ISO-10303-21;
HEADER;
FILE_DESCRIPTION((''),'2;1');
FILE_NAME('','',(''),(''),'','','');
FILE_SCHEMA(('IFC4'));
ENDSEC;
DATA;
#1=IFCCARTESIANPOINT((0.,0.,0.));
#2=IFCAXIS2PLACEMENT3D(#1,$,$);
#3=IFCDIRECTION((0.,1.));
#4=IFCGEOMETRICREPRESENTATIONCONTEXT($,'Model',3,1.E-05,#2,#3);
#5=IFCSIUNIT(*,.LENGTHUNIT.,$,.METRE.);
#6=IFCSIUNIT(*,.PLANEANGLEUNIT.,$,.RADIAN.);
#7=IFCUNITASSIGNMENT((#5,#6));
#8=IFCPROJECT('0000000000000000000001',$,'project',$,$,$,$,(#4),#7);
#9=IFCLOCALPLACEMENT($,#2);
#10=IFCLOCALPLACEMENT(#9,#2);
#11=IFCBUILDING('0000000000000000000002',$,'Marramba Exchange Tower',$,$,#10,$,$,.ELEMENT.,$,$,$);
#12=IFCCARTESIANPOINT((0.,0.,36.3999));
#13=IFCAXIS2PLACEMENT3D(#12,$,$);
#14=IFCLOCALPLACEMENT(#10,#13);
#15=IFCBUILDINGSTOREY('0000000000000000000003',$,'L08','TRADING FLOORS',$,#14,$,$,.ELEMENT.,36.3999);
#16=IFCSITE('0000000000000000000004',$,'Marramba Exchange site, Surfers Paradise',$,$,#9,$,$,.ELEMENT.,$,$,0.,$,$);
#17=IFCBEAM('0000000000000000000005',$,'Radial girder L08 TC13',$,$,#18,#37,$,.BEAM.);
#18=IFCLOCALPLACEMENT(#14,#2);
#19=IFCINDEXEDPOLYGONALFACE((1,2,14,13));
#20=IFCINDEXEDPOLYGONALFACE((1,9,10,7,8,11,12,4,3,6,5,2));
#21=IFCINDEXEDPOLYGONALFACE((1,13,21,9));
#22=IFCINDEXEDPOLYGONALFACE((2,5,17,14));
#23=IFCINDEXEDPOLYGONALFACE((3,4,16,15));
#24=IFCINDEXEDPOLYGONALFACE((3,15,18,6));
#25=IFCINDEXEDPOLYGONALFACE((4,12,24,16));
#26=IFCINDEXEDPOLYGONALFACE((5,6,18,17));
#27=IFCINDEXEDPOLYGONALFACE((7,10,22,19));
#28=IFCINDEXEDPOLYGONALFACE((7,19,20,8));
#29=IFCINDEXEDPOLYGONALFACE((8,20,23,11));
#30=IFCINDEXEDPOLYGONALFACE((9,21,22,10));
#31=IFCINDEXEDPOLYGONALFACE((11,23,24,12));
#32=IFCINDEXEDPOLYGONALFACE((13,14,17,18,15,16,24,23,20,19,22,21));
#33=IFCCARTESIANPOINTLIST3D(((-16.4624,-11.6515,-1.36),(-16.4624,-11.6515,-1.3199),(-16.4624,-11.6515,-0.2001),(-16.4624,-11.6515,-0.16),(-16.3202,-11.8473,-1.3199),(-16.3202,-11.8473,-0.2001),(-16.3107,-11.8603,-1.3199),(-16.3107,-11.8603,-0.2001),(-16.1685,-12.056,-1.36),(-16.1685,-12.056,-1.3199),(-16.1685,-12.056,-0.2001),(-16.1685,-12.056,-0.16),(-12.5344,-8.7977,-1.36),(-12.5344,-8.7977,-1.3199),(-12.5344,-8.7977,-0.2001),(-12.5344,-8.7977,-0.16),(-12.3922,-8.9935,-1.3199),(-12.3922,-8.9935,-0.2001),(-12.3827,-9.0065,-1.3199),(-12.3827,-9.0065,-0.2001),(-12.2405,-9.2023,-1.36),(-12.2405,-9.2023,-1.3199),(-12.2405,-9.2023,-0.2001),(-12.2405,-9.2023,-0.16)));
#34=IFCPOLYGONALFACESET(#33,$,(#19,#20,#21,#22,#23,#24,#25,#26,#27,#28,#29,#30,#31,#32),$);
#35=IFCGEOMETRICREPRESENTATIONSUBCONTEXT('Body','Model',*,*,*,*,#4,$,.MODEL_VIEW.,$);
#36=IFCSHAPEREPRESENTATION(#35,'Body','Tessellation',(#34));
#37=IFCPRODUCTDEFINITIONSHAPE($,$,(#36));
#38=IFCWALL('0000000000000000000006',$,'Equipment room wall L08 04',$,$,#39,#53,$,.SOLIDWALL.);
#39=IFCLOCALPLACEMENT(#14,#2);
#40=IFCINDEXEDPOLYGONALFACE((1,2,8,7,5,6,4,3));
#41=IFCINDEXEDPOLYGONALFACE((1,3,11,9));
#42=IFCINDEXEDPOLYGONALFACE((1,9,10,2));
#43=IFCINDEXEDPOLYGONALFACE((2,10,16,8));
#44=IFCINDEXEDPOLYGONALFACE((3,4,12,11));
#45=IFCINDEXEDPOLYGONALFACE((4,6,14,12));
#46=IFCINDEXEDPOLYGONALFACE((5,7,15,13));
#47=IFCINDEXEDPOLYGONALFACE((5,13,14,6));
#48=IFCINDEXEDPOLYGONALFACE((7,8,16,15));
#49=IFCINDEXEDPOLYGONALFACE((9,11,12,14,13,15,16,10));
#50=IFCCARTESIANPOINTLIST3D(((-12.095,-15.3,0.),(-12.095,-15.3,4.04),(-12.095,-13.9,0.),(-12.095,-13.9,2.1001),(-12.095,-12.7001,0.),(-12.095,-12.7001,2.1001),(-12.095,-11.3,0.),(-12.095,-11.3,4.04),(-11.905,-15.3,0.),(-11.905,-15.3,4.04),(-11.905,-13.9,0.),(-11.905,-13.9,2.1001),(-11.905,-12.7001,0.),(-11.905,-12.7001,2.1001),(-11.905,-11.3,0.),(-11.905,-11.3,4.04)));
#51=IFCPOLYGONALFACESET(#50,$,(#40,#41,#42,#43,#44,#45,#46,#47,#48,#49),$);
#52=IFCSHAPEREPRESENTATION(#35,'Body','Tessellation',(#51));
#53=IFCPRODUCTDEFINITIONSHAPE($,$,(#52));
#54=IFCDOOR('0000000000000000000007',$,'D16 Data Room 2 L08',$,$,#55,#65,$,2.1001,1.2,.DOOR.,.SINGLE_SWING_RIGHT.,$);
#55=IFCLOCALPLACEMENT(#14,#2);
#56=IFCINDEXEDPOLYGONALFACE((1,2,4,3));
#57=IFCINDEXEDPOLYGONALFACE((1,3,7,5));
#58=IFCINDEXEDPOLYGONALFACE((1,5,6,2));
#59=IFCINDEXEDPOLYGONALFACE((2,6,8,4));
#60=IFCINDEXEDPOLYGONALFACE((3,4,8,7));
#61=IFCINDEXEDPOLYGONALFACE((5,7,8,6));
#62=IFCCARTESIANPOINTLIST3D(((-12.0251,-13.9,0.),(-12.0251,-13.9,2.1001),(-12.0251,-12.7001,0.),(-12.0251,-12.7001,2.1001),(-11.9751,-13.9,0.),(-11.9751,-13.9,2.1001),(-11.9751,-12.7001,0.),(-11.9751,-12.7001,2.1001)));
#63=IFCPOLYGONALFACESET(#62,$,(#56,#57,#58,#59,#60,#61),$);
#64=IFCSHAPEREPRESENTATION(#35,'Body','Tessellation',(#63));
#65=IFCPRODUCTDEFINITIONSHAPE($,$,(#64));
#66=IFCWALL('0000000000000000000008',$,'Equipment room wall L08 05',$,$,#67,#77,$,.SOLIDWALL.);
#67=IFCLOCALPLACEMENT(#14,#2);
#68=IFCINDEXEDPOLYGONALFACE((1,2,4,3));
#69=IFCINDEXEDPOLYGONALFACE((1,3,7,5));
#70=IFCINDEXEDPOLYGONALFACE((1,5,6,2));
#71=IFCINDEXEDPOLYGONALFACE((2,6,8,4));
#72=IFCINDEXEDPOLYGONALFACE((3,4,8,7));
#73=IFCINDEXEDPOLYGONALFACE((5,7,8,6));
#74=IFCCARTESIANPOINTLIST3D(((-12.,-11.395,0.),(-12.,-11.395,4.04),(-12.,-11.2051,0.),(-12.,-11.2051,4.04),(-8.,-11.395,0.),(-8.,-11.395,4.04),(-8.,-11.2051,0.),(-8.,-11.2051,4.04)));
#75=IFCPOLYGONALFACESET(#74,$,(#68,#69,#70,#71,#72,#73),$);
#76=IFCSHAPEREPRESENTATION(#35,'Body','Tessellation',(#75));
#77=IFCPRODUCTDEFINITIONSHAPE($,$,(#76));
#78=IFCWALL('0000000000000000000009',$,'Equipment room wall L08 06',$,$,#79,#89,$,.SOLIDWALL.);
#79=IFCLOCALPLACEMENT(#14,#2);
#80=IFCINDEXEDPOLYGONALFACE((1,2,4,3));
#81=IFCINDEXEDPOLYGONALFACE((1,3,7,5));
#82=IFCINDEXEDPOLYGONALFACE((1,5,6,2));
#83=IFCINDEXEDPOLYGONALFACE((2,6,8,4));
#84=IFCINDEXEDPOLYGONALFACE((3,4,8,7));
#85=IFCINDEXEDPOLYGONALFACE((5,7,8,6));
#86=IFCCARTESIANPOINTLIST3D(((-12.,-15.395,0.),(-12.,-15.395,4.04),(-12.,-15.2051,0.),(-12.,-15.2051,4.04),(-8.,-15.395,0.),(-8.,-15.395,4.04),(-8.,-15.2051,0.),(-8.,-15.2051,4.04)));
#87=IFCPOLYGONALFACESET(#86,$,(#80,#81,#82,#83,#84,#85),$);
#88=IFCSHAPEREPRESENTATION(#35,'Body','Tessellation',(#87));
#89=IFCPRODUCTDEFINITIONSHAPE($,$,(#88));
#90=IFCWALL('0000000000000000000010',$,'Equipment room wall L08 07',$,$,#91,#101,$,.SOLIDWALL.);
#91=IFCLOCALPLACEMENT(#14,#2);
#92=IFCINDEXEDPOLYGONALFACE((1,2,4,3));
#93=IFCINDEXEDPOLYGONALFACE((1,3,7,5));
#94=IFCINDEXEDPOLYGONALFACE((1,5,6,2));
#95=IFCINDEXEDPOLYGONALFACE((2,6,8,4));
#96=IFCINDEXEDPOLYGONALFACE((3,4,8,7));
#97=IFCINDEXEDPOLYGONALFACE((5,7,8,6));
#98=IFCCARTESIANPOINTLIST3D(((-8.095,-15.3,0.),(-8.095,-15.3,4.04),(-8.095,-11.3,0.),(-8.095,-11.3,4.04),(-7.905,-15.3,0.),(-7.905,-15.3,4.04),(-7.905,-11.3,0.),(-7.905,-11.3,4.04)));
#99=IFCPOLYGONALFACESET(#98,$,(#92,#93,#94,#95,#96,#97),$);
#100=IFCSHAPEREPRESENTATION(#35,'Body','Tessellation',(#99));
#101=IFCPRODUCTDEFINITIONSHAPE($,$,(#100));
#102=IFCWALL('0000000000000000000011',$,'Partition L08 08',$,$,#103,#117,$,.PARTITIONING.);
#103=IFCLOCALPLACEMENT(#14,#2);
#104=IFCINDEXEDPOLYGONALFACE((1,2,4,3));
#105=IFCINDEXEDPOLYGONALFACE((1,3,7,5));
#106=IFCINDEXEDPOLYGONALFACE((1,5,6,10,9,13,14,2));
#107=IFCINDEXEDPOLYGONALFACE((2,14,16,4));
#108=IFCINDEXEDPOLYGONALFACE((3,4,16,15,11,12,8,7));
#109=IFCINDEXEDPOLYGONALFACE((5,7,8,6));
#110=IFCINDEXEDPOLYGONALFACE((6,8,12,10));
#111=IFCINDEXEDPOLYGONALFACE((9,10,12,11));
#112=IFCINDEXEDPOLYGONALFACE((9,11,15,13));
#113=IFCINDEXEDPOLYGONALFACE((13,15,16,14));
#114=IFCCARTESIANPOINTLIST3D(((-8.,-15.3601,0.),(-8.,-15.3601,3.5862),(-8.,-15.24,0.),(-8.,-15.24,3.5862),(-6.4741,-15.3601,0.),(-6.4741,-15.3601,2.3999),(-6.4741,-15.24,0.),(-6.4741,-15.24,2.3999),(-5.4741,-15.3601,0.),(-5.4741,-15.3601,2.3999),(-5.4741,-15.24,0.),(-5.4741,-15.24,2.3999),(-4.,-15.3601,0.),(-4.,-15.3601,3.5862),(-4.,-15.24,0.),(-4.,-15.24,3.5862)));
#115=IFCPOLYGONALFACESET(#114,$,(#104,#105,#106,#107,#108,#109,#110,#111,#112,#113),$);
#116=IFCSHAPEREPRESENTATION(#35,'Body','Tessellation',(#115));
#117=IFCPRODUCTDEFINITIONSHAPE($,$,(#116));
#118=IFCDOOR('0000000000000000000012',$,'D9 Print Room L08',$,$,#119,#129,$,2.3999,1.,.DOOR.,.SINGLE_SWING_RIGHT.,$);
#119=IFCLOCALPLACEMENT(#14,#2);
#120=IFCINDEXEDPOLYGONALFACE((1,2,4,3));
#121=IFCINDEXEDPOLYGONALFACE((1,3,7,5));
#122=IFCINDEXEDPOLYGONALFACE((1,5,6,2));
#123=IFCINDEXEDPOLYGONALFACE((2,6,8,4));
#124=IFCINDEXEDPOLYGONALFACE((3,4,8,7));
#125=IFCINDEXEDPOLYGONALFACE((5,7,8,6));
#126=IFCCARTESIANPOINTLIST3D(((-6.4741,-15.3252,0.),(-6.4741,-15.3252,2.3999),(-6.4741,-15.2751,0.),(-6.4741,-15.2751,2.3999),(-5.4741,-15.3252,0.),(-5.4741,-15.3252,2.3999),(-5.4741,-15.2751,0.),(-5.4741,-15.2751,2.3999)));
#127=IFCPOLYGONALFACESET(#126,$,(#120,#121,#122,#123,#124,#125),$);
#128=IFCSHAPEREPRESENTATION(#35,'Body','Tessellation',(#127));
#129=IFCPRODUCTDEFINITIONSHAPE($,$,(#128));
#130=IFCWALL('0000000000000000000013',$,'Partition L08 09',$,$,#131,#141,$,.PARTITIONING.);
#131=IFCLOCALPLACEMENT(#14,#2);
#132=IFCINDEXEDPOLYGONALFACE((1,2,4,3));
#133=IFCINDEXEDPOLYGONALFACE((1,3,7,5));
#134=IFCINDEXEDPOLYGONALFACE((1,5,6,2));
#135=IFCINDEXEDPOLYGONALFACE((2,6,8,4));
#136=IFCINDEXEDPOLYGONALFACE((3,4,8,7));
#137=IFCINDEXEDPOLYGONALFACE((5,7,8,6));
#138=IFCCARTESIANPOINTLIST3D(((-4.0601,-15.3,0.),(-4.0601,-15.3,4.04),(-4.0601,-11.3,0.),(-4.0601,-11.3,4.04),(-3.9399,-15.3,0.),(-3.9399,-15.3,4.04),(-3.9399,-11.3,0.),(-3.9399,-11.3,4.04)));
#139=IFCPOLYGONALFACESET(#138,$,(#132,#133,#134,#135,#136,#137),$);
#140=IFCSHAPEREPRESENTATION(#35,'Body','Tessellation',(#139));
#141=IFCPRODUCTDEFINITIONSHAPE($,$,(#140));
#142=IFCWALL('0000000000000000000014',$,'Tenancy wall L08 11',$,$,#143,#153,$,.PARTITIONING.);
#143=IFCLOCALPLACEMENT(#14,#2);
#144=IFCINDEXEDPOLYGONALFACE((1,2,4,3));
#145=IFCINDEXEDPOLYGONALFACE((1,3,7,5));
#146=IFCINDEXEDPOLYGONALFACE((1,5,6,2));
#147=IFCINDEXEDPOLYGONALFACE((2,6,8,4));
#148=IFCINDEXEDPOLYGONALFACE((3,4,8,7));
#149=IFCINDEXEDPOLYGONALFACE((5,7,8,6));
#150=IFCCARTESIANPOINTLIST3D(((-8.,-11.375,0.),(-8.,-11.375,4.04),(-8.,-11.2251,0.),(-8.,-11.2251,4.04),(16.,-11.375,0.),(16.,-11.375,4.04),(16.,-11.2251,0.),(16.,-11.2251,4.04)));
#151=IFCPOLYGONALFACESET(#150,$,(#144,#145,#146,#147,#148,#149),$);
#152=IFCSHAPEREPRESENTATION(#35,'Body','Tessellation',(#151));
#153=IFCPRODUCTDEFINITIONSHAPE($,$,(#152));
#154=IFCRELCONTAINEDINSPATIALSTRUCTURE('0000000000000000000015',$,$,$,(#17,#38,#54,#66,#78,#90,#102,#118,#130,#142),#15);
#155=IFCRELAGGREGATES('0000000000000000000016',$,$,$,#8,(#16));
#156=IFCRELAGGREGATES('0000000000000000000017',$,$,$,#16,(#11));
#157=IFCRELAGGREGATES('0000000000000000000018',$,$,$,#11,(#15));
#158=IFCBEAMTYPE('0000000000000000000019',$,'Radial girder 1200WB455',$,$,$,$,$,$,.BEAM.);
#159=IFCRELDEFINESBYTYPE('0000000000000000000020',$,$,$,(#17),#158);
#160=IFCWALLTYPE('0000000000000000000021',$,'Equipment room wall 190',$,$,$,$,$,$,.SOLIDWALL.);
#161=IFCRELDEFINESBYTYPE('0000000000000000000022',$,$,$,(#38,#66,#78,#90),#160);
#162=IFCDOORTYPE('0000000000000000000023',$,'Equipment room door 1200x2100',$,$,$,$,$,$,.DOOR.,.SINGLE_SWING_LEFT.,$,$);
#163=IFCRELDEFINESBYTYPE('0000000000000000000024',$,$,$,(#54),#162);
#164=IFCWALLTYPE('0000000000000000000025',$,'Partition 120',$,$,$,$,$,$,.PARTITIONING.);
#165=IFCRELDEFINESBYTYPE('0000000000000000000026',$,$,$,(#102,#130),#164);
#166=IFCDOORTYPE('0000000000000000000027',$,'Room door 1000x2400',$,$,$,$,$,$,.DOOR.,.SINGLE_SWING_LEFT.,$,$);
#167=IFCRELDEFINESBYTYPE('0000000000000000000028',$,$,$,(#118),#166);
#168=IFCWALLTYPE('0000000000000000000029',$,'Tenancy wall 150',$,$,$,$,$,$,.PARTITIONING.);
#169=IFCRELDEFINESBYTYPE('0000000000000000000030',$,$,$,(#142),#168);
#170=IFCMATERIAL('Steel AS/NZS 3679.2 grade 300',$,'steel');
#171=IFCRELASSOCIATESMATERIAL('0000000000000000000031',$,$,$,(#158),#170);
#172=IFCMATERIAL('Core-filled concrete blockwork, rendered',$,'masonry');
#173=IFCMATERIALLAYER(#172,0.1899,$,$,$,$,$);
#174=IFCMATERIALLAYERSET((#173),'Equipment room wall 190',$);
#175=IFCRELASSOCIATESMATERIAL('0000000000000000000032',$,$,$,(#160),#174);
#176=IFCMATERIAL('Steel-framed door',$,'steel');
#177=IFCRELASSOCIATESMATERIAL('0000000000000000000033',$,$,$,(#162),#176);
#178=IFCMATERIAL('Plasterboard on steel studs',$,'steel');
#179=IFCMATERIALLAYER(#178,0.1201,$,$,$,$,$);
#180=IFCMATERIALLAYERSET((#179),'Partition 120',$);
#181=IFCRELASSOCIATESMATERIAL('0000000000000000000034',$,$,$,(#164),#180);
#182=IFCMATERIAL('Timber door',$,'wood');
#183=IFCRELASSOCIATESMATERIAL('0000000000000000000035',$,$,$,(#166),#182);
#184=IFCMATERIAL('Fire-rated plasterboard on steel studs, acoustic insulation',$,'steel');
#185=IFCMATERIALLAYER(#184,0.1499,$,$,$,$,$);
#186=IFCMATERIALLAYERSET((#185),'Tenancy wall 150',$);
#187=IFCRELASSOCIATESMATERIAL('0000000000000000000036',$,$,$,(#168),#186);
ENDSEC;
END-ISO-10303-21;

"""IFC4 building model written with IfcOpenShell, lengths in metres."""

from ifc_helpers import new_model, si_unit, direction, frame, frame_2d, origin, origin_2d, place, context, subcontext, project, spatial, rectangle, i_section, extrude, material, layer, layer_set, material_profile, profile_set, type_object, element, fill, save


model = new_model("IFC4")

# Units and contexts
model_context = context("Model", 3, precision=1e-05, world=origin(), true_north=direction((0.0, 1.0)))
body_context = subcontext(model_context, "Body", "Model", "MODEL_VIEW")
ifc_project = project(units=[si_unit("LENGTHUNIT", "METRE"), si_unit("PLANEANGLEUNIT", "RADIAN")], contexts=[model_context])

# Site, building, storey
site_placement = place(None, origin())
site = spatial("IfcSite", under=ifc_project, at=site_placement, Name="Marramba Exchange site, Surfers Paradise", CompositionType="ELEMENT", RefElevation=0.0)
building_placement = place(site_placement, origin())
building = spatial("IfcBuilding", under=site, at=building_placement, Name="Marramba Exchange Tower", CompositionType="ELEMENT")
storey_placement = place(building_placement, frame((0.0, 0.0, 36.3999)))
storey = spatial("IfcBuildingStorey", under=building, at=storey_placement, Name="L08", Description="TRADING FLOORS", CompositionType="ELEMENT", Elevation=36.3999)

# Beam
ifc_material_1 = material(Name="Steel AS/NZS 3679.2 grade 300", Category="steel")
ifc_material_profile_1 = material_profile(ifc_material_1, i_section(OverallWidth=0.5, OverallDepth=1.2, WebThickness=0.0161, FlangeThickness=0.04, at=origin_2d()), Name="1200WB455")
ifc_profile_set_1 = profile_set([ifc_material_profile_1], Name="Steel AS/NZS 3679.2 grade 300")
beam_type_1 = type_object("IfcBeamType", Name="Radial girder 1200WB455", PredefinedType="BEAM", material=ifc_profile_set_1)
beam_1_placement = place(storey_placement, frame((-12.3875, -9.0, -0.76), z_axis=(-0.809025, -0.587774, 0.0), x_axis=(0.587774, -0.809025, 0.0)))
element("IfcBeam", 1, at=beam_1_placement, inside=storey, type_object=beam_type_1, Name="Radial girder L08 TC13", PredefinedType="BEAM", context=body_context, shape_type="SweptSolid", body=[
    extrude(i_section(OverallWidth=0.5, OverallDepth=1.2, WebThickness=0.0161, FlangeThickness=0.04, at=origin_2d()), origin(), (0.0, 0.0, 1.0), 4.8552),
])

# Wall, opening, door
ifc_material_2 = material(Name="Core-filled concrete blockwork, rendered", Category="masonry")
ifc_layer_1 = layer(ifc_material_2, 0.1899)
ifc_layer_set_1 = layer_set([ifc_layer_1], Name="Equipment room wall 190")
wall_type_1 = type_object("IfcWallType", Name="Equipment room wall 190", PredefinedType="SOLIDWALL", material=ifc_layer_set_1)
wall_1_placement = place(storey_placement, frame((-12.0, -11.3, 0.0), z_axis=(0.0, 0.0, 1.0), x_axis=(0.0, -1.0, 0.0)))
wall_1 = element("IfcWall", 2, at=wall_1_placement, inside=storey, type_object=wall_type_1, Name="Equipment room wall L08 04", PredefinedType="SOLIDWALL", context=body_context, shape_type="SweptSolid", body=[
    extrude(rectangle(XDim=4.0, YDim=0.1899, at=frame_2d((2.0, 0.0))), origin(), (0.0, 0.0, 1.0), 4.04),
])
opening_1_placement = place(wall_1_placement, frame((1.3999, 0.0, 0.0)))
opening_1 = element("IfcOpeningElement", 3, at=opening_1_placement, cuts=wall_1, PredefinedType="OPENING", context=body_context, shape_type="SweptSolid", body=[
    extrude(rectangle(XDim=1.2, YDim=2.1001, at=frame_2d((0.6001, 1.05))), frame((0.0, 0.105, 0.0), z_axis=(0.0, -1.0, 0.0), x_axis=(1.0, 0.0, 0.0)), (0.0, 0.0, 1.0), 0.21),
])
ifc_material_3 = material(Name="Steel-framed door", Category="steel")
door_type_1 = type_object("IfcDoorType", Name="Equipment room door 1200x2100", OperationType="SINGLE_SWING_LEFT", PredefinedType="DOOR", material=ifc_material_3)
door_1_placement = place(opening_1_placement, origin())
door_1 = element("IfcDoor", 4, at=door_1_placement, inside=storey, type_object=door_type_1, Name="D16 Data Room 2 L08", OperationType="SINGLE_SWING_RIGHT", OverallHeight=2.1001, OverallWidth=1.2, PredefinedType="DOOR", context=body_context, shape_type="SweptSolid", body=[
    extrude(rectangle(XDim=1.2, YDim=2.1001, at=frame_2d((0.6001, 1.05))), frame((0.0, 0.0249, 0.0), z_axis=(0.0, -1.0, 0.0), x_axis=(1.0, 0.0, 0.0)), (0.0, 0.0, 1.0), 0.05),
])
fill(opening_1, door_1)

# Walls
for number, where, z_axis, x_axis, name in (
    (5, (-8.0, -11.3, 0.0), (0.0, 0.0, 1.0), (-1.0, 0.0, 0.0), "Equipment room wall L08 05"),
    (6, (-12.0, -15.3, 0.0), (0.0, 0.0, 1.0), (1.0, 0.0, 0.0), "Equipment room wall L08 06"),
    (7, (-8.0, -11.3, 0.0), (0.0, 0.0, 1.0), (0.0, -1.0, 0.0), "Equipment room wall L08 07"),
):
    element("IfcWall", number, at=place(storey_placement, frame(where, z_axis=z_axis, x_axis=x_axis)), inside=storey, type_object=wall_type_1, Name=name, PredefinedType="SOLIDWALL", context=body_context, shape_type="SweptSolid", body=[
        extrude(rectangle(XDim=4.0, YDim=0.1899, at=frame_2d((2.0, 0.0))), origin(), (0.0, 0.0, 1.0), 4.04),
    ])

# Wall, opening, door
ifc_material_4 = material(Name="Plasterboard on steel studs", Category="steel")
ifc_layer_2 = layer(ifc_material_4, 0.1201)
ifc_layer_set_2 = layer_set([ifc_layer_2], Name="Partition 120")
wall_type_2 = type_object("IfcWallType", Name="Partition 120", PredefinedType="PARTITIONING", material=ifc_layer_set_2)
wall_2_placement = place(storey_placement, frame((-8.0, -15.3, 0.0), z_axis=(0.0, 0.0, 1.0), x_axis=(1.0, 0.0, 0.0)))
wall_2 = element("IfcWall", 8, at=wall_2_placement, inside=storey, type_object=wall_type_2, Name="Partition L08 08", PredefinedType="PARTITIONING", context=body_context, shape_type="SweptSolid", body=[
    extrude(rectangle(XDim=4.0, YDim=0.1201, at=frame_2d((2.0, 0.0))), origin(), (0.0, 0.0, 1.0), 3.5862),
])
opening_2_placement = place(wall_2_placement, frame((1.5259, 0.0, 0.0)))
opening_2 = element("IfcOpeningElement", 9, at=opening_2_placement, cuts=wall_2, PredefinedType="OPENING", context=body_context, shape_type="SweptSolid", body=[
    extrude(rectangle(XDim=1.0, YDim=2.3999, at=frame_2d((0.5, 1.2))), frame((0.0, 0.0701, 0.0), z_axis=(0.0, -1.0, 0.0), x_axis=(1.0, 0.0, 0.0)), (0.0, 0.0, 1.0), 0.1401),
])
ifc_material_5 = material(Name="Timber door", Category="wood")
door_type_2 = type_object("IfcDoorType", Name="Room door 1000x2400", OperationType="SINGLE_SWING_LEFT", PredefinedType="DOOR", material=ifc_material_5)
door_2_placement = place(opening_2_placement, origin())
door_2 = element("IfcDoor", 10, at=door_2_placement, inside=storey, type_object=door_type_2, Name="D9 Print Room L08", OperationType="SINGLE_SWING_RIGHT", OverallHeight=2.3999, OverallWidth=1.0, PredefinedType="DOOR", context=body_context, shape_type="SweptSolid", body=[
    extrude(rectangle(XDim=1.0, YDim=2.3999, at=frame_2d((0.5, 1.2))), frame((0.0, 0.0249, 0.0), z_axis=(0.0, -1.0, 0.0), x_axis=(1.0, 0.0, 0.0)), (0.0, 0.0, 1.0), 0.05),
])
fill(opening_2, door_2)

# Walls
wall_3_placement = place(storey_placement, frame((-4.0, -15.3, 0.0), z_axis=(0.0, 0.0, 1.0), x_axis=(0.0, 1.0, 0.0)))
element("IfcWall", 11, at=wall_3_placement, inside=storey, type_object=wall_type_2, Name="Partition L08 09", PredefinedType="PARTITIONING", context=body_context, shape_type="SweptSolid", body=[
    extrude(rectangle(XDim=4.0, YDim=0.1201, at=frame_2d((2.0, 0.0))), origin(), (0.0, 0.0, 1.0), 4.04),
])
ifc_material_6 = material(Name="Fire-rated plasterboard on steel studs, acoustic insulation", Category="steel")
ifc_layer_3 = layer(ifc_material_6, 0.1499)
ifc_layer_set_3 = layer_set([ifc_layer_3], Name="Tenancy wall 150")
wall_type_3 = type_object("IfcWallType", Name="Tenancy wall 150", PredefinedType="PARTITIONING", material=ifc_layer_set_3)
wall_4_placement = place(storey_placement, frame((-8.0, -11.3, 0.0), z_axis=(0.0, 0.0, 1.0), x_axis=(1.0, 0.0, 0.0)))
element("IfcWall", 12, at=wall_4_placement, inside=storey, type_object=wall_type_3, Name="Tenancy wall L08 11", PredefinedType="PARTITIONING", context=body_context, shape_type="SweptSolid", body=[
    extrude(rectangle(XDim=24.0, YDim=0.1499, at=frame_2d((12.0, 0.0))), origin(), (0.0, 0.0, 1.0), 4.04),
])

save(model, "model.ifc")
